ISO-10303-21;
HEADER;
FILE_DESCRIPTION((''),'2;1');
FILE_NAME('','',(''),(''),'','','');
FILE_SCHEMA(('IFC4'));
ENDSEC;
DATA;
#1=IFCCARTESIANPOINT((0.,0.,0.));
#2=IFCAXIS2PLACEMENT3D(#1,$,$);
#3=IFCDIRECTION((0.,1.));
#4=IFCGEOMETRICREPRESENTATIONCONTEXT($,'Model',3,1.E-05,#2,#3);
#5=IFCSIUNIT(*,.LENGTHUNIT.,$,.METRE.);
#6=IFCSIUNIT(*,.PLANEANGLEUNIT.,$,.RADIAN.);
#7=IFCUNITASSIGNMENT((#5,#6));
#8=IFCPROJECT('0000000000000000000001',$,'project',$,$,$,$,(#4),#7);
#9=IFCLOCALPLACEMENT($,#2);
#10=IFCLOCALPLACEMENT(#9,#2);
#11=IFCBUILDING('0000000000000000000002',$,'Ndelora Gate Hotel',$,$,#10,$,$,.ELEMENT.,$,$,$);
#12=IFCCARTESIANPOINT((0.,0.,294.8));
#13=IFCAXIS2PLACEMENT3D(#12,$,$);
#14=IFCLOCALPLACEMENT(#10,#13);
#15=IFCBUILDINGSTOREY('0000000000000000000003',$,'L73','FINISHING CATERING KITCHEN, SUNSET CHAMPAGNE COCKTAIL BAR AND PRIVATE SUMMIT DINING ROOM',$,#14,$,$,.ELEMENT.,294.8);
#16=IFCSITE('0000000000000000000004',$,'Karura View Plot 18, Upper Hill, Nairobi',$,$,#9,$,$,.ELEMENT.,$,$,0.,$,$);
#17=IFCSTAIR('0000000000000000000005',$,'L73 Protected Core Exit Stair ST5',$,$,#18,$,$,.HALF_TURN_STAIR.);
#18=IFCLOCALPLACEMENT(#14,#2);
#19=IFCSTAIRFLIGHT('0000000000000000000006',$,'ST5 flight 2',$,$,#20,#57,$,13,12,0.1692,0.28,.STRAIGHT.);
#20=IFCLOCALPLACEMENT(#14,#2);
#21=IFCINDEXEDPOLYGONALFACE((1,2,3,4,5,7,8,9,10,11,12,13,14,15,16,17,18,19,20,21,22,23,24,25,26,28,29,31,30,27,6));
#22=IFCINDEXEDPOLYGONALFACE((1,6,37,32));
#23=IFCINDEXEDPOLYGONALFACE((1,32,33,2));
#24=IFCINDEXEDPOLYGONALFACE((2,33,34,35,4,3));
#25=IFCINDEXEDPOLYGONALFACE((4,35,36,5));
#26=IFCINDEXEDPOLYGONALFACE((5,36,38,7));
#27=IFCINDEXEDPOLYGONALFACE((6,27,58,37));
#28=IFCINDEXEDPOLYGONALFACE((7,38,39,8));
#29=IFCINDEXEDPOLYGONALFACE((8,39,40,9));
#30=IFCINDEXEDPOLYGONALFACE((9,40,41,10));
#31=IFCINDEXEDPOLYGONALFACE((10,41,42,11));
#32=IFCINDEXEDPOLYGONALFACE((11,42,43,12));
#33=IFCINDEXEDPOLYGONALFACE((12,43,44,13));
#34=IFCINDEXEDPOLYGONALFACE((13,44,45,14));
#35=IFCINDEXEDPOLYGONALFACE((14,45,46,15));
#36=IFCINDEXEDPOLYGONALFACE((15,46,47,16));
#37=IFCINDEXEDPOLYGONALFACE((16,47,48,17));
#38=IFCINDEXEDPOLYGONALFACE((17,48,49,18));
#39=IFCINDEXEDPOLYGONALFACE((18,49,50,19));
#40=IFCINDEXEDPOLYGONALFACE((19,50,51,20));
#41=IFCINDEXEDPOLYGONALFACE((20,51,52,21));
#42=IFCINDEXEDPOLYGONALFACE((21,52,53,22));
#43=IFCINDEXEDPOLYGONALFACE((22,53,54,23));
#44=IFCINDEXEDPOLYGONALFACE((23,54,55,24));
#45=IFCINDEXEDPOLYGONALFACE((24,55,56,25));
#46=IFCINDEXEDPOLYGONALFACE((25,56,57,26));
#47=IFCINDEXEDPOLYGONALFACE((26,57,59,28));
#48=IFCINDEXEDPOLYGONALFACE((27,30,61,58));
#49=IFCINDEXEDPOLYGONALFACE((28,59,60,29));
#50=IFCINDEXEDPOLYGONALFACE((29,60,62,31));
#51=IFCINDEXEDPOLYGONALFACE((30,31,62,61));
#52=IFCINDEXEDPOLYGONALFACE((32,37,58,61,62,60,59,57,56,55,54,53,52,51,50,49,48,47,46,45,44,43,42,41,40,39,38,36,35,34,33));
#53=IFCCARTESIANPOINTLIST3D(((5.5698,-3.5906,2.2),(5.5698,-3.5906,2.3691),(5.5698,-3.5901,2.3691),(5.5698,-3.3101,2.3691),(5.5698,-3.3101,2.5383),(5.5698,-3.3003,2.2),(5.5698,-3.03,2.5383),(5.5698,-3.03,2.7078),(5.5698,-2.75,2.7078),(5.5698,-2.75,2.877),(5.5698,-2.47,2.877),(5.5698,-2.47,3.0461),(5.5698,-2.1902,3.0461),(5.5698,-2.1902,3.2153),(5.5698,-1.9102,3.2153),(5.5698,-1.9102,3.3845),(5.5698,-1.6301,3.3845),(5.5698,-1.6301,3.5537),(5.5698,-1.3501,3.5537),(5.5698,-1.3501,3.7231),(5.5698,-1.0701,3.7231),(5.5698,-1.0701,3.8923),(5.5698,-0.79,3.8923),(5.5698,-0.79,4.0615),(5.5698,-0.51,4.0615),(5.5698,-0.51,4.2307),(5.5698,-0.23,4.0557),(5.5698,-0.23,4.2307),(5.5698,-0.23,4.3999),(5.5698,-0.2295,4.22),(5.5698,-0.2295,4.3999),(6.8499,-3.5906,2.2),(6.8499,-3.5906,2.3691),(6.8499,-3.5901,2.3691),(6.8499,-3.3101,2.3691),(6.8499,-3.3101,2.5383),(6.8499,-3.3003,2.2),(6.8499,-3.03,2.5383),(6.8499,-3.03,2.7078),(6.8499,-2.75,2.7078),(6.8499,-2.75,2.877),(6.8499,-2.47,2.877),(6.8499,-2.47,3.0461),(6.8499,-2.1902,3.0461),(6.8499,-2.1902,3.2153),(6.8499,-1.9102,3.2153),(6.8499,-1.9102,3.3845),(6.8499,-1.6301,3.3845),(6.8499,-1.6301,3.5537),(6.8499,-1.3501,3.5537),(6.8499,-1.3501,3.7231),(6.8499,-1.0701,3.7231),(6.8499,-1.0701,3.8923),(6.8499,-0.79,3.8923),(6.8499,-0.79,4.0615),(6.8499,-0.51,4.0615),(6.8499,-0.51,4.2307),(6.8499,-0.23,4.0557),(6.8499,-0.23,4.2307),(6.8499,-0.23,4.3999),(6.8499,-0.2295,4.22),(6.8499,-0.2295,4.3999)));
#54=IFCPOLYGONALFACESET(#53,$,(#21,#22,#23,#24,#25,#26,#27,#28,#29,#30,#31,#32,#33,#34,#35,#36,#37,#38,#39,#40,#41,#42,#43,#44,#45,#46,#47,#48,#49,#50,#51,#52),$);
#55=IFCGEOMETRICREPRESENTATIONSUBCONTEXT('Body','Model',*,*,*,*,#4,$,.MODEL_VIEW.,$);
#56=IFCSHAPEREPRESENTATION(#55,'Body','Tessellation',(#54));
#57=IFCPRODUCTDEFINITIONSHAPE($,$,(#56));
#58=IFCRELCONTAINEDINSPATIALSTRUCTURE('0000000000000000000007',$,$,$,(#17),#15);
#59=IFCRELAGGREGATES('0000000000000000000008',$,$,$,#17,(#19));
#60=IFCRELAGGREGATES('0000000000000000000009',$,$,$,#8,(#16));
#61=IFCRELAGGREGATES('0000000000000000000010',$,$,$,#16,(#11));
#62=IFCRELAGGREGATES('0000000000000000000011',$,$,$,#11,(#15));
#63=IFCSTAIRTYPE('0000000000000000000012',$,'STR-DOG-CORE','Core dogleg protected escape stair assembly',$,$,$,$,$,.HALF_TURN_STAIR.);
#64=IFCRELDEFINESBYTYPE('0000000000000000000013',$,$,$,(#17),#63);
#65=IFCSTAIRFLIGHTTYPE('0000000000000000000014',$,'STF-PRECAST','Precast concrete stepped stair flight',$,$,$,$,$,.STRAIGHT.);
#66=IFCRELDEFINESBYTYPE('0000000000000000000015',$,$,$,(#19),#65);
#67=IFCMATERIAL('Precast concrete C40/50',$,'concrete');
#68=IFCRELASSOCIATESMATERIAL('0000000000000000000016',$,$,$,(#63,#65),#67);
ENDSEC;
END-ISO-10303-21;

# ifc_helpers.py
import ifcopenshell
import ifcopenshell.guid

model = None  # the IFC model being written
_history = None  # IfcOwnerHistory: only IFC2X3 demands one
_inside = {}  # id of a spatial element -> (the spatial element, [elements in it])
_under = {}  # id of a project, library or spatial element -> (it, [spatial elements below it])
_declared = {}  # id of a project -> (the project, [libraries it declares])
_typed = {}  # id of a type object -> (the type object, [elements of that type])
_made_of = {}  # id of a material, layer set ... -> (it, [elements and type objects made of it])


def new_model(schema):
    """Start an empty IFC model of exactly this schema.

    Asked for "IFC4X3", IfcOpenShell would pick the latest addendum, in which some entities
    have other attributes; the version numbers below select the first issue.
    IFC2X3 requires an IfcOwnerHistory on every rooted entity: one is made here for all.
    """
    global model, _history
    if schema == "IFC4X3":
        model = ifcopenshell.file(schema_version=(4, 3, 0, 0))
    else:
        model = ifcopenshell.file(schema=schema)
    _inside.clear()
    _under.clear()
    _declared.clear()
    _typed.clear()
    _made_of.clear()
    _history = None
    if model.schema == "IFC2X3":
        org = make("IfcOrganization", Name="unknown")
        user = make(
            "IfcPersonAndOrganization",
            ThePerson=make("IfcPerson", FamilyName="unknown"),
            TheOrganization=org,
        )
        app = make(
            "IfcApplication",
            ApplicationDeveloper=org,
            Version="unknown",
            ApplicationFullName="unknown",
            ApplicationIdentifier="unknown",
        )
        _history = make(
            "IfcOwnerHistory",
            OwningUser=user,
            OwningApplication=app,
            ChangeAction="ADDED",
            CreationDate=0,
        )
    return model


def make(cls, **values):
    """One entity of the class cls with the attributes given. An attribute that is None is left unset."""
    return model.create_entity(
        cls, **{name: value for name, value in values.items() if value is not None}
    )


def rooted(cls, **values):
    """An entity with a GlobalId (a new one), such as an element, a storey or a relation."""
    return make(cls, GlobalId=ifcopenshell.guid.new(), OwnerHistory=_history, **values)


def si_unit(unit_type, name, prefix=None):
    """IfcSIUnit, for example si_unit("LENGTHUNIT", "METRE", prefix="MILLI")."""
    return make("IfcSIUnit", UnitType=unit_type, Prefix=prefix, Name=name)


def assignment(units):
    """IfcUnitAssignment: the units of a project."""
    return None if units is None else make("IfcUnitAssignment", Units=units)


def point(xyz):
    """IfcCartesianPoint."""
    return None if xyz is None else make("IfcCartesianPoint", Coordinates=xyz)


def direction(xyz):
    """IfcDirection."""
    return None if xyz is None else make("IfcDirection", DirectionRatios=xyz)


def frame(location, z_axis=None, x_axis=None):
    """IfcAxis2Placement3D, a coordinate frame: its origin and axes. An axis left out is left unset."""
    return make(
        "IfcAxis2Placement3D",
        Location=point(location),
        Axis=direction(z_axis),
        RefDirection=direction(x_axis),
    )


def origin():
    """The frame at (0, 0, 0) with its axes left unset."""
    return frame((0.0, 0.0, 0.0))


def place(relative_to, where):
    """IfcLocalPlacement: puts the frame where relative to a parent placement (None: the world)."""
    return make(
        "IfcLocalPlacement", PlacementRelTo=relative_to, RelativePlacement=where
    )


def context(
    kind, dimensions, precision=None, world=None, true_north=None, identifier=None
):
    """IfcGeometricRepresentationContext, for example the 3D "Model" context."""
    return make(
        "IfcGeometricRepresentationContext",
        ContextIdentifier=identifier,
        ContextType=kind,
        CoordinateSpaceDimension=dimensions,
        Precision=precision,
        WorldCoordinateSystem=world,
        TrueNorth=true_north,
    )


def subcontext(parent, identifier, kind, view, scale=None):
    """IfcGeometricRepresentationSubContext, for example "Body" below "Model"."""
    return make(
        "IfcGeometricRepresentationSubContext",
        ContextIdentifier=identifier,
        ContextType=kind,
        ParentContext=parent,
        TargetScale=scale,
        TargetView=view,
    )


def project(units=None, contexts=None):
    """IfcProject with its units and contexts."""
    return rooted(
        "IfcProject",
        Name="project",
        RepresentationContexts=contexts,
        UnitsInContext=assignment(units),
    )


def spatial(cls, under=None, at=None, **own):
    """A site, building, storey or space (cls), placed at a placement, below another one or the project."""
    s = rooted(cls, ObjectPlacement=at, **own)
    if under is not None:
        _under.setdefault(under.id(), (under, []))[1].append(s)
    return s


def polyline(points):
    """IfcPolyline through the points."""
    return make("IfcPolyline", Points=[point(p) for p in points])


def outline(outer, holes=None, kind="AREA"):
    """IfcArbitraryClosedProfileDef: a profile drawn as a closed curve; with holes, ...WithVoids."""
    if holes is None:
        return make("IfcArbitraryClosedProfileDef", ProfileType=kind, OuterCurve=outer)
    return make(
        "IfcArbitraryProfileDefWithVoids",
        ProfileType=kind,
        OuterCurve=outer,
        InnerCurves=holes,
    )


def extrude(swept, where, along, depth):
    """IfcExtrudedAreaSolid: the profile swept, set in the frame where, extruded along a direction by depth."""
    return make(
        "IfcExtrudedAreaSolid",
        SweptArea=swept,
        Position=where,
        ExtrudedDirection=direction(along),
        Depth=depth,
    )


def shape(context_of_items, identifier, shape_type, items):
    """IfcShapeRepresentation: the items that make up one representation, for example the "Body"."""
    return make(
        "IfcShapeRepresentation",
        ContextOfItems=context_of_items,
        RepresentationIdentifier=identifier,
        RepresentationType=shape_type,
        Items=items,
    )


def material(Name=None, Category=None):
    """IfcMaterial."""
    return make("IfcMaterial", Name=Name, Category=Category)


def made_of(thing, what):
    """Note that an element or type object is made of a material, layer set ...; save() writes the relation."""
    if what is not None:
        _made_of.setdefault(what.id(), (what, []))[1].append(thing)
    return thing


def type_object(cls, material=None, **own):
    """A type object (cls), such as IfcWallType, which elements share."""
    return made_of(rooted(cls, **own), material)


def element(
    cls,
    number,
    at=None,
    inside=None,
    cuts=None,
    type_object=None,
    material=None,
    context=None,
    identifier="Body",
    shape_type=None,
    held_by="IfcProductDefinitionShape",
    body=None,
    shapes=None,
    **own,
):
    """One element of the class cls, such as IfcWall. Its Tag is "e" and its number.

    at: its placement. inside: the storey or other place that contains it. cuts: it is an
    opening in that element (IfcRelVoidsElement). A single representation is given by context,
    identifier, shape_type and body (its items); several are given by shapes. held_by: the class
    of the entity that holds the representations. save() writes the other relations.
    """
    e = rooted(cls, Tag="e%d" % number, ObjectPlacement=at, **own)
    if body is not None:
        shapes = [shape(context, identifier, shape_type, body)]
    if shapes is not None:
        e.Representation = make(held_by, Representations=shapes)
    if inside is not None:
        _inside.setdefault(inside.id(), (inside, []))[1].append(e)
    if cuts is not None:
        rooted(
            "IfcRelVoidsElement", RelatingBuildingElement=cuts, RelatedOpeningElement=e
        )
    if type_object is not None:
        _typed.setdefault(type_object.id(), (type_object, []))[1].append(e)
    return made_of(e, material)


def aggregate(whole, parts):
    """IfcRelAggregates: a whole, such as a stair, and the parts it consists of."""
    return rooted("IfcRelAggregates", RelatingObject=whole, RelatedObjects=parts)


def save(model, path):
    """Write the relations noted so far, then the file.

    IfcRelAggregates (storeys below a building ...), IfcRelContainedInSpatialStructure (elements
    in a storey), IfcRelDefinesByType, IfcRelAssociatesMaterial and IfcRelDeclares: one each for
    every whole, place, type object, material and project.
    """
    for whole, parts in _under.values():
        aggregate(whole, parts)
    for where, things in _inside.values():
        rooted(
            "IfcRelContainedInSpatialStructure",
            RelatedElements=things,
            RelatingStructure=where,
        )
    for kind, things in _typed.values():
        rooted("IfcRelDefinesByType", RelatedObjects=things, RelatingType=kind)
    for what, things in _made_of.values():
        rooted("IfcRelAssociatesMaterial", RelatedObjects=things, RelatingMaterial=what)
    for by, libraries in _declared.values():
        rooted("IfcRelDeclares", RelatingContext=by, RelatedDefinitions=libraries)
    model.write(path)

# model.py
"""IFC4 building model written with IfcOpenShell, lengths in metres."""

from ifc_helpers import new_model, si_unit, direction, frame, origin, place, context, subcontext, project, spatial, polyline, outline, extrude, material, type_object, element, aggregate, save


model = new_model("IFC4")

# Units and contexts
model_context = context("Model", 3, precision=1e-05, world=origin(), true_north=direction((0.0, 1.0)))
body_context = subcontext(model_context, "Body", "Model", "MODEL_VIEW")
ifc_project = project(units=[si_unit("LENGTHUNIT", "METRE"), si_unit("PLANEANGLEUNIT", "RADIAN")], contexts=[model_context])

# Site, building, storey
site_placement = place(None, origin())
site = spatial("IfcSite", under=ifc_project, at=site_placement, Name="Karura View Plot 18, Upper Hill, Nairobi", CompositionType="ELEMENT", RefElevation=0.0)
building_placement = place(site_placement, origin())
building = spatial("IfcBuilding", under=site, at=building_placement, Name="Ndelora Gate Hotel", CompositionType="ELEMENT")
storey_placement = place(building_placement, frame((0.0, 0.0, 294.8)))
storey = spatial("IfcBuildingStorey", under=building, at=storey_placement, Name="L73", Description="FINISHING CATERING KITCHEN, SUNSET CHAMPAGNE COCKTAIL BAR AND PRIVATE SUMMIT DINING ROOM", CompositionType="ELEMENT", Elevation=294.8)

# Stair, stair flight
ifc_material_1 = material(Name="Precast concrete C40/50", Category="concrete")
stair_type = type_object("IfcStairType", Name="STR-DOG-CORE", Description="Core dogleg protected escape stair assembly", PredefinedType="HALF_TURN_STAIR", material=ifc_material_1)
stair_placement = place(storey_placement, origin())
stair = element("IfcStair", 1, at=stair_placement, inside=storey, type_object=stair_type, Name="L73 Protected Core Exit Stair ST5", PredefinedType="HALF_TURN_STAIR")
stair_flight_type = type_object("IfcStairFlightType", Name="STF-PRECAST", Description="Precast concrete stepped stair flight", PredefinedType="STRAIGHT", material=ifc_material_1)
stair_flight_1_placement = place(storey_placement, frame((6.21, -3.5901, 2.2), z_axis=(0.0, 0.0, 1.0), x_axis=(0.0, 1.0, 0.0)))
stair_flight_1 = element("IfcStairFlight", 2, at=stair_flight_1_placement, type_object=stair_flight_type, Name="ST5 flight 2", NumberOfRisers=13, NumberOfTreads=12, PredefinedType="STRAIGHT", RiserHeight=0.1692, TreadLength=0.28, context=body_context, shape_type="SweptSolid", body=[
    extrude(outline(polyline([(-0.0005, 0.0), (-0.0005, 0.1692), (0.0, 0.1692), (0.28, 0.1692), (0.28, 0.3384), (0.5601, 0.3384), (0.5601, 0.5078), (0.8401, 0.5078), (0.8401, 0.677), (1.1201, 0.677), (1.1201, 0.8462), (1.3999, 0.8462), (1.3999, 1.0154), (1.6799, 1.0154), (1.6799, 1.1846), (1.96, 1.1846), (1.96, 1.3538), (2.24, 1.3538), (2.24, 1.5232), (2.52, 1.5232), (2.52, 1.6924), (2.8, 1.6924), (2.8, 1.8616), (3.0801, 1.8616), (3.0801, 2.0308), (3.3601, 2.0308), (3.3601, 2.2), (3.3606, 2.2), (3.3606, 2.02), (3.3601, 1.8557), (0.2898, 0.0), (-0.0005, 0.0)])), frame((0.0, 0.6401, 0.0), z_axis=(0.0, -1.0, 0.0), x_axis=(1.0, 0.0, 0.0)), (0.0, 0.0, 1.0), 1.28),
])
aggregate(stair, [stair_flight_1])

save(model, "model.ifc")
